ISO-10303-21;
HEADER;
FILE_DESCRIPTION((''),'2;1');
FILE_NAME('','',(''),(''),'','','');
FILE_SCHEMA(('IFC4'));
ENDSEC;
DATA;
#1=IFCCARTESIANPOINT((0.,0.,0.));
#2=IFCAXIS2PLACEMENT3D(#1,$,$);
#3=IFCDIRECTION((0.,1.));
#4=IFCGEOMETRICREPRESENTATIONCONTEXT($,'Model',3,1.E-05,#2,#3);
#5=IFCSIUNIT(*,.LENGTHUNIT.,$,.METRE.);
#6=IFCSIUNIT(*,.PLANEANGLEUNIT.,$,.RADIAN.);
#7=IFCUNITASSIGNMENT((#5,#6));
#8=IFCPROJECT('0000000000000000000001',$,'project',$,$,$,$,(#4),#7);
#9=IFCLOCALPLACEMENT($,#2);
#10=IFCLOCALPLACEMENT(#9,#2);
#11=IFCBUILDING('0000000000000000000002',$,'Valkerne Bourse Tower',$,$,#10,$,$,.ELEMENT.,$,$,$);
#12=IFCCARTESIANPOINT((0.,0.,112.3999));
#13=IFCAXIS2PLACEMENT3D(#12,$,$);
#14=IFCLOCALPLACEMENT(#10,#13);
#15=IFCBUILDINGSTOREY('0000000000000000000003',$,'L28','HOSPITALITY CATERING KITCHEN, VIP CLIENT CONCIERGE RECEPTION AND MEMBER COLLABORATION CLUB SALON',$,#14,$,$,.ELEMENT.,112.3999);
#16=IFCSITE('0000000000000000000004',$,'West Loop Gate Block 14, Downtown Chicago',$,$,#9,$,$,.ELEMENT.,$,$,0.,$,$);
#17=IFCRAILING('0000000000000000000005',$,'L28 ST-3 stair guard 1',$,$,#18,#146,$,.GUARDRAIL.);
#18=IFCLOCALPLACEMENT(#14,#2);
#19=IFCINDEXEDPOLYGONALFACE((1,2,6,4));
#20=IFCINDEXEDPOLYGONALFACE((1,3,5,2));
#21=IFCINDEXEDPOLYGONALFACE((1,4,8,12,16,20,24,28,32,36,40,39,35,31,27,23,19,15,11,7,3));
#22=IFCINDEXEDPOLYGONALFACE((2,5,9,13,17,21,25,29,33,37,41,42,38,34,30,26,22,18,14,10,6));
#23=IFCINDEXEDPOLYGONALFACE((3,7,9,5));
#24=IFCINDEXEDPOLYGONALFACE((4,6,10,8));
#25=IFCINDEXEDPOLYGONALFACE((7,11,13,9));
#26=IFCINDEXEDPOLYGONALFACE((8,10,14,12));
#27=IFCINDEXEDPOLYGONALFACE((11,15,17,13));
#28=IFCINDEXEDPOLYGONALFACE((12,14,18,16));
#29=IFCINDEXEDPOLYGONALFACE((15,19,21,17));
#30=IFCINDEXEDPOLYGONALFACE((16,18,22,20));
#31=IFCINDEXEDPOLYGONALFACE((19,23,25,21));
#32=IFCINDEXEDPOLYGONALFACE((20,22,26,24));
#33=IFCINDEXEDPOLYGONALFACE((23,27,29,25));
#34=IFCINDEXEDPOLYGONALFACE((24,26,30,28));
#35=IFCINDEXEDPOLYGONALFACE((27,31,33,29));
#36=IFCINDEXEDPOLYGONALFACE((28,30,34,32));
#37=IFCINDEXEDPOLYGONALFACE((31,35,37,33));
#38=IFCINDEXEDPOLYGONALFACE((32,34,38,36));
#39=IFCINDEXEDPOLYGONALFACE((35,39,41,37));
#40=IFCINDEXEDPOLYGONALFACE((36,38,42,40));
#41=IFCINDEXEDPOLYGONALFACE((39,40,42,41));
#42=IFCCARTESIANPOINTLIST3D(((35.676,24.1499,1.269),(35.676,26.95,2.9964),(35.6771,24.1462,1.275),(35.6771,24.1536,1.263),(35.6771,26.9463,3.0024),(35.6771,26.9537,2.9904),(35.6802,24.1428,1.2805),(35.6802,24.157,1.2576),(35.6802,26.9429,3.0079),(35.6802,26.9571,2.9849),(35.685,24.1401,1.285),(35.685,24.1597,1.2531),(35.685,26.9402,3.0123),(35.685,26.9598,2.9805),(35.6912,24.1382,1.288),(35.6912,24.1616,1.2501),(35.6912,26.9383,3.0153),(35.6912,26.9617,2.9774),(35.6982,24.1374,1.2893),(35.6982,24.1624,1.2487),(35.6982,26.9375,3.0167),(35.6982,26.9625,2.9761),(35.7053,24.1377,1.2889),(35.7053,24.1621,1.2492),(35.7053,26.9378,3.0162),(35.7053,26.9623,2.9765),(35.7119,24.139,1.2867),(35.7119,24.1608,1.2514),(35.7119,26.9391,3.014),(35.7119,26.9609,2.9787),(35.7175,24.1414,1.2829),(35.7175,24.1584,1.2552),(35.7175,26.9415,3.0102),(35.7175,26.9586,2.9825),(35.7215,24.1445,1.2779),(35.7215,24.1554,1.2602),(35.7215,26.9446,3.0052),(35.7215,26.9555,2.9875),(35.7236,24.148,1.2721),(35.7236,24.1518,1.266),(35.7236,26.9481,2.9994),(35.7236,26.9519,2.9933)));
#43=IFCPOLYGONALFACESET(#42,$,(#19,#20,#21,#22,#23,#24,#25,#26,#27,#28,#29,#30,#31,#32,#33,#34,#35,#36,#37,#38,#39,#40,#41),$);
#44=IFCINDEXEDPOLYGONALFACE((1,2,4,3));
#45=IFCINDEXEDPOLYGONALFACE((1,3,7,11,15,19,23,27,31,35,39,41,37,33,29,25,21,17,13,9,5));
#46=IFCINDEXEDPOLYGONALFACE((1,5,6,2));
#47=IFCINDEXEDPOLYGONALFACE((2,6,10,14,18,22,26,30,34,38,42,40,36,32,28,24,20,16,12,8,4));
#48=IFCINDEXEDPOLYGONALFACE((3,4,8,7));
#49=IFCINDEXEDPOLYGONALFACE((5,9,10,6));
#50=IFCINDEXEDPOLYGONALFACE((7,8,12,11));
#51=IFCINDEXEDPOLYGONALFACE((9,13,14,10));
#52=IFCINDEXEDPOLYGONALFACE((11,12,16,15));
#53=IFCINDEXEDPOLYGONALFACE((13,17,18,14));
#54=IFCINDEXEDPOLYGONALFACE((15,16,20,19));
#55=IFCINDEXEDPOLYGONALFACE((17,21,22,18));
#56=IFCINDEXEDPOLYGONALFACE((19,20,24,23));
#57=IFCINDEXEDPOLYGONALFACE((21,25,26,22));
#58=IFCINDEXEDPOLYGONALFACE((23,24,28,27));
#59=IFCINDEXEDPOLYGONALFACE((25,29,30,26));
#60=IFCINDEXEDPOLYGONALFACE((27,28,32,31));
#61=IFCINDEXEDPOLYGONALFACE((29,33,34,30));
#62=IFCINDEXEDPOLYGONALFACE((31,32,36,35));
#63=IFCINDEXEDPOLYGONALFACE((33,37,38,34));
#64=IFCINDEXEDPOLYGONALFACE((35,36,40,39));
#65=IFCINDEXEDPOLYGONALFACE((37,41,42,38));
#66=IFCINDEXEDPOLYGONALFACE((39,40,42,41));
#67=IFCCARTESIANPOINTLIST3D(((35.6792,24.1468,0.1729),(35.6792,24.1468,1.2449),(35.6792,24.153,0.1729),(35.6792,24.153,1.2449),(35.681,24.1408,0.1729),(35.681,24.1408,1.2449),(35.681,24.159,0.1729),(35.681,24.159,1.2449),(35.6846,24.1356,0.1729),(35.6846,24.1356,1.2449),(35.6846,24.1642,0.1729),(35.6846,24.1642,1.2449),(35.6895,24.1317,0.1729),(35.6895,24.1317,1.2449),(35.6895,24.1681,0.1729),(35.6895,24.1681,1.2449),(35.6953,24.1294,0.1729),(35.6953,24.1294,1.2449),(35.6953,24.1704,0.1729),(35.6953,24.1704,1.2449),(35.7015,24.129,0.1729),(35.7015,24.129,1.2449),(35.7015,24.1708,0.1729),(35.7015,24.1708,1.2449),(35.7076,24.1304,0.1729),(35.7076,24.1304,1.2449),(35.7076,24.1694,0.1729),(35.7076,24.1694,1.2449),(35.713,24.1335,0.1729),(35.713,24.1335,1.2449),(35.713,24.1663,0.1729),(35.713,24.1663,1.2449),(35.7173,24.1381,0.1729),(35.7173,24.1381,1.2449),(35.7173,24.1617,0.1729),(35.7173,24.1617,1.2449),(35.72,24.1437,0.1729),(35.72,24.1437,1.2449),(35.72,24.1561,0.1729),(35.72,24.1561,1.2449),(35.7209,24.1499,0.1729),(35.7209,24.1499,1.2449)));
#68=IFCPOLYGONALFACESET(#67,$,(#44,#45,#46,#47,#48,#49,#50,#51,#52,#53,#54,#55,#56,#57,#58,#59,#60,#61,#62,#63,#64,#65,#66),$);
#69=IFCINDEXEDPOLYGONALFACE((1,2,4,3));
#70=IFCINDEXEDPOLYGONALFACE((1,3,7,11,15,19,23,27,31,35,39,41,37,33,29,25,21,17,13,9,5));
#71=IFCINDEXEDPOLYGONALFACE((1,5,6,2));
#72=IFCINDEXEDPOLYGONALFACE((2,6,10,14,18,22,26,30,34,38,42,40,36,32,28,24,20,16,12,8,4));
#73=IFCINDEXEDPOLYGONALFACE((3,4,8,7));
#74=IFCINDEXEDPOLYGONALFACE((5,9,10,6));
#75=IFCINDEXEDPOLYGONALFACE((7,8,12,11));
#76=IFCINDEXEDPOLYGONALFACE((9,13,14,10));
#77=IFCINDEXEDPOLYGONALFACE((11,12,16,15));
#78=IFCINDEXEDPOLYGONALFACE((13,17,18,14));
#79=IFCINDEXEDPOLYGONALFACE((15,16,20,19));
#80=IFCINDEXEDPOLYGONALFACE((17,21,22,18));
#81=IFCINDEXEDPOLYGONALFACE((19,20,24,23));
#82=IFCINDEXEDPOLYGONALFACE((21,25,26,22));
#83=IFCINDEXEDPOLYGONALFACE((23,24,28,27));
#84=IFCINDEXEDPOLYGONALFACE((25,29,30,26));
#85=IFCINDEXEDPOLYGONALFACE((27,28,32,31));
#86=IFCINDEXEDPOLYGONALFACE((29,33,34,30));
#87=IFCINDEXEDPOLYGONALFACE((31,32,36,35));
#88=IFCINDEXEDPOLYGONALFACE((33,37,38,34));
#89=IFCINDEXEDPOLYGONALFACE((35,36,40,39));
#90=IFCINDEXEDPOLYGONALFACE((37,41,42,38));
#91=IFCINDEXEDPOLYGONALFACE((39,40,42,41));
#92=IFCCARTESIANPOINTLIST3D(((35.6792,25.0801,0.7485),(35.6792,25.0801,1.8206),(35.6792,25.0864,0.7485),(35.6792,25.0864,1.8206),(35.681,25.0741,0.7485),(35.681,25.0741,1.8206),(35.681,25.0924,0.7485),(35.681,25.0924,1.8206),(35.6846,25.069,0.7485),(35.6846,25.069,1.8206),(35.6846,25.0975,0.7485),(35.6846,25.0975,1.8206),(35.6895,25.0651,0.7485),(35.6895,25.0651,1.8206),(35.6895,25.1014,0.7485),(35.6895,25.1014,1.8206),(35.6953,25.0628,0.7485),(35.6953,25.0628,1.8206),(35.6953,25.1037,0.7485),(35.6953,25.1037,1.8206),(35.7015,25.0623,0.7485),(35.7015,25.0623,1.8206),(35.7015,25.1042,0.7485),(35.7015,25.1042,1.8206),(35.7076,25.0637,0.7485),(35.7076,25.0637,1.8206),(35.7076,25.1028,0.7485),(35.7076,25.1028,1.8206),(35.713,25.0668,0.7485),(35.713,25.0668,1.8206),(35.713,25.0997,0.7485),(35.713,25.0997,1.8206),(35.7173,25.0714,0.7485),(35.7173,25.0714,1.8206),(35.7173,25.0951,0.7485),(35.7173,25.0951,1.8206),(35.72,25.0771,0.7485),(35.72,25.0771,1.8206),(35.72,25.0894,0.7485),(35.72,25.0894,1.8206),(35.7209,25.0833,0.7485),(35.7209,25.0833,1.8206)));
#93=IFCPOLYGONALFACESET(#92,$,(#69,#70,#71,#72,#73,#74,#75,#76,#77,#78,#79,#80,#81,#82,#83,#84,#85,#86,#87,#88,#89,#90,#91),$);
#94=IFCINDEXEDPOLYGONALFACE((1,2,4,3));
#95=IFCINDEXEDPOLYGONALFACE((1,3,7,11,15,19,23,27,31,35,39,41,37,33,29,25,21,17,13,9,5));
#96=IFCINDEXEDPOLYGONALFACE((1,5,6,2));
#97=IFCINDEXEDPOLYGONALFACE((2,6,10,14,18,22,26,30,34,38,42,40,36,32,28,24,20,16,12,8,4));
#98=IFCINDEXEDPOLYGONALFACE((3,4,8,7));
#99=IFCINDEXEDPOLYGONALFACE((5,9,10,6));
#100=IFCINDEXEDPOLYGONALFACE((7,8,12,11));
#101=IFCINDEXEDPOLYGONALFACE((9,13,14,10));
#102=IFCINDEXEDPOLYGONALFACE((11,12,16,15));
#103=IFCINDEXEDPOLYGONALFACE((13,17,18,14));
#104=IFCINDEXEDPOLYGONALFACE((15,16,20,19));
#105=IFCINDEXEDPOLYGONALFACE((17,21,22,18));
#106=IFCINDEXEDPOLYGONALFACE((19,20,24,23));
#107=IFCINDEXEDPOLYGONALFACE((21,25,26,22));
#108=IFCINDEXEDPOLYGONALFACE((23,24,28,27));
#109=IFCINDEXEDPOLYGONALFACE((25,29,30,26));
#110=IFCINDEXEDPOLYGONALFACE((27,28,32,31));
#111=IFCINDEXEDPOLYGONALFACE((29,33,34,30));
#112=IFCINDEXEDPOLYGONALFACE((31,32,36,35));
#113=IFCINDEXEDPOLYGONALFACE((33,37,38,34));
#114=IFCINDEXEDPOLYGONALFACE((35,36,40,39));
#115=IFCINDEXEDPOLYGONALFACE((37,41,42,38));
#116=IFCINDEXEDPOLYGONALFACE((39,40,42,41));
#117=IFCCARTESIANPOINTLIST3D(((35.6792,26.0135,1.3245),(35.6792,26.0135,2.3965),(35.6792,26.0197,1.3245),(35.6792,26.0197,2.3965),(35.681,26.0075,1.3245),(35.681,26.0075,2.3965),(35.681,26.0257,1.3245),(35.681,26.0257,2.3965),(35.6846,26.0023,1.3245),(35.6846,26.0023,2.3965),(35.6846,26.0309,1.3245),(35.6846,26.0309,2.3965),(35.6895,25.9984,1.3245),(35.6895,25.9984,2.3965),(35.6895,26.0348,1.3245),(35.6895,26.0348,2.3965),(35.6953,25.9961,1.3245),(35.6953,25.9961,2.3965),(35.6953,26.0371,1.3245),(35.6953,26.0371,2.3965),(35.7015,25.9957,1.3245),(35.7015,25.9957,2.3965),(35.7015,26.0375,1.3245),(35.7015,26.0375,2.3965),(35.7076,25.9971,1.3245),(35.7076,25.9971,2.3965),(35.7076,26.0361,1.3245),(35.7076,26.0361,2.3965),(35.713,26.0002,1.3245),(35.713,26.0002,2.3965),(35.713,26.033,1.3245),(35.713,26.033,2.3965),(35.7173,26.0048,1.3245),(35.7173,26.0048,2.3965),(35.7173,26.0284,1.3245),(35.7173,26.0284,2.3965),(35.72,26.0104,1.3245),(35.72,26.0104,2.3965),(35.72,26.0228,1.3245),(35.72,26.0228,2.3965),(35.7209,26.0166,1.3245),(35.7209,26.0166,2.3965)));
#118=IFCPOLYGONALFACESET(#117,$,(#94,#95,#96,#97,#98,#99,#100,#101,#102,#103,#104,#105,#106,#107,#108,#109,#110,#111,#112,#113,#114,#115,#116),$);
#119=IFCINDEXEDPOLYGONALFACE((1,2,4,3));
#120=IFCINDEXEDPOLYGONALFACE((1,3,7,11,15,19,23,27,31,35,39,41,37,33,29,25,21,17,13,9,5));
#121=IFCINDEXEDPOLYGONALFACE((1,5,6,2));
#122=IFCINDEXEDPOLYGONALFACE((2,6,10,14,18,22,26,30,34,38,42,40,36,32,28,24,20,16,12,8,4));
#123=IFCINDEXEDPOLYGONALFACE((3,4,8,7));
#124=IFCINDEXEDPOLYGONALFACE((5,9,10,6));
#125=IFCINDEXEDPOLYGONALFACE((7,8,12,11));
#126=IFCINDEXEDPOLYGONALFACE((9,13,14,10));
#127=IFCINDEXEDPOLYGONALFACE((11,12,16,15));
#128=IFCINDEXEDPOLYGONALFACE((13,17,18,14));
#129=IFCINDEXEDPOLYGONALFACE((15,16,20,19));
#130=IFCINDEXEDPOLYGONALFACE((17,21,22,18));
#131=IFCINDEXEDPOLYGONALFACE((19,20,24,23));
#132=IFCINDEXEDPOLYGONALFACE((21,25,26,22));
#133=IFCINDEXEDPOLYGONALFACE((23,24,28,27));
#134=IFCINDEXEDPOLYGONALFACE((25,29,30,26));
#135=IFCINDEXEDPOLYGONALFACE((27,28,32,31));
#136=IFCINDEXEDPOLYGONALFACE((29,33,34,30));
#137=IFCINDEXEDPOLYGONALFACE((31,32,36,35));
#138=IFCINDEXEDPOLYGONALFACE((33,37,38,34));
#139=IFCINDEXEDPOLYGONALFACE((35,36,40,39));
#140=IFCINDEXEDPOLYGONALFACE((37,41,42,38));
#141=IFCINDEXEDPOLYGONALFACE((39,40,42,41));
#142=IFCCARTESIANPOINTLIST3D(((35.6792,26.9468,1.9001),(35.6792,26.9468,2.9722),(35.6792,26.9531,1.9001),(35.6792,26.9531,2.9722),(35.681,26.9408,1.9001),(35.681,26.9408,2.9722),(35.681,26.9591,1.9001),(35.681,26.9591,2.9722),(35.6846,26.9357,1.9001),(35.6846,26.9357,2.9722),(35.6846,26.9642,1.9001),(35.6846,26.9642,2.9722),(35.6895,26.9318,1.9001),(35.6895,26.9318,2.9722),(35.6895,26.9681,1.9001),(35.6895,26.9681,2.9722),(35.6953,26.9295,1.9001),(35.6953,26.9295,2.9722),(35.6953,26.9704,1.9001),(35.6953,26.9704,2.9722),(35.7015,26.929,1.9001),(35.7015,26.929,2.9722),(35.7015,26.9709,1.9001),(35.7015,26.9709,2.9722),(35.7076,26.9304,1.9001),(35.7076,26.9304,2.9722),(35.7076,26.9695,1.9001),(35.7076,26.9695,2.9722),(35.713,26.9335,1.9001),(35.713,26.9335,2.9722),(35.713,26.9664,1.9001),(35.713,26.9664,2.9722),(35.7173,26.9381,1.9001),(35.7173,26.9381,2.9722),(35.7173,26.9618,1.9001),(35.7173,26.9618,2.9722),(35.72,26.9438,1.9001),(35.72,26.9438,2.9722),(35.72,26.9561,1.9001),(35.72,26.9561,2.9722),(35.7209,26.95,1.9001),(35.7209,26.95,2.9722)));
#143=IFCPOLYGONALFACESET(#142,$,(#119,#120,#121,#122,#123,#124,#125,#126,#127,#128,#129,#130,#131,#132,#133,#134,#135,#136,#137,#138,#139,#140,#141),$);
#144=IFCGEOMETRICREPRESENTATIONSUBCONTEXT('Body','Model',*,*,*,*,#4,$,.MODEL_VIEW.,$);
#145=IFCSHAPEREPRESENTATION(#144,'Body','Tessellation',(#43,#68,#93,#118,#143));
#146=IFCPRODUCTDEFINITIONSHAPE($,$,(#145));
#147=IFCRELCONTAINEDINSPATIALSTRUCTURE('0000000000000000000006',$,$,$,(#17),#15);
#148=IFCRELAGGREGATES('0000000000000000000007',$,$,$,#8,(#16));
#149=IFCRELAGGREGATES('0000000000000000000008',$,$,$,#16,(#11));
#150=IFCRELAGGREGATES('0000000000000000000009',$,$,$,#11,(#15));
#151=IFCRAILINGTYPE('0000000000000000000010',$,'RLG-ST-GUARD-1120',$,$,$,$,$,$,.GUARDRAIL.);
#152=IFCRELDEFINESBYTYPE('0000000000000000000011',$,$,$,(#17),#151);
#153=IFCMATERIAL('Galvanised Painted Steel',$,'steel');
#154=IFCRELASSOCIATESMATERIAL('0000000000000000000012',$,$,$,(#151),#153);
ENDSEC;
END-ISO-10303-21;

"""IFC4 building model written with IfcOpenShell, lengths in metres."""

from ifc_helpers import new_model, si_unit, direction, frame, origin, origin_2d, place, context, subcontext, project, spatial, circle, extrude, material, type_object, element, save


model = new_model("IFC4")

# Units and contexts
model_context = context("Model", 3, precision=1e-05, world=origin(), true_north=direction((0.0, 1.0)))
body_context = subcontext(model_context, "Body", "Model", "MODEL_VIEW")
ifc_project = project(units=[si_unit("LENGTHUNIT", "METRE"), si_unit("PLANEANGLEUNIT", "RADIAN")], contexts=[model_context])

# Site, building, storey
site_placement = place(None, origin())
site = spatial("IfcSite", under=ifc_project, at=site_placement, Name="West Loop Gate Block 14, Downtown Chicago", CompositionType="ELEMENT", RefElevation=0.0)
building_placement = place(site_placement, origin())
building = spatial("IfcBuilding", under=site, at=building_placement, Name="Valkerne Bourse Tower", CompositionType="ELEMENT")
storey_placement = place(building_placement, frame((0.0, 0.0, 112.3999)))
storey = spatial("IfcBuildingStorey", under=building, at=storey_placement, Name="L28", Description="HOSPITALITY CATERING KITCHEN, VIP CLIENT CONCIERGE RECEPTION AND MEMBER COLLABORATION CLUB SALON", CompositionType="ELEMENT", Elevation=112.3999)

# Railing
ifc_material_1 = material(Name="Galvanised Painted Steel", Category="steel")
railing_type_1 = type_object("IfcRailingType", Name="RLG-ST-GUARD-1120", PredefinedType="GUARDRAIL", material=ifc_material_1)
railing_1_placement = place(storey_placement, frame((35.7, 24.1499, 0.1729)))
element("IfcRailing", 1, at=railing_1_placement, inside=storey, type_object=railing_type_1, Name="L28 ST-3 stair guard 1", PredefinedType="GUARDRAIL", context=body_context, shape_type="SweptSolid", body=[
    extrude(circle(Radius=0.0239, at=origin_2d()), frame((0.0, 0.0, 1.0962), z_axis=(0.0, 0.85109, 0.52502), x_axis=(-1.0, 0.0, 0.0)), (0.0, 0.0, 1.0), 3.29),
    extrude(circle(Radius=0.021, at=origin_2d()), origin(), (0.0, 0.0, 1.0), 1.072),
    extrude(circle(Radius=0.021, at=origin_2d()), frame((0.0, 0.9333, 0.5757)), (0.0, 0.0, 1.0), 1.072),
    extrude(circle(Radius=0.021, at=origin_2d()), frame((0.0, 1.8667, 1.1516)), (0.0, 0.0, 1.0), 1.072),
    extrude(circle(Radius=0.021, at=origin_2d()), frame((0.0, 2.8, 1.7273)), (0.0, 0.0, 1.0), 1.072),
])

save(model, "model.ifc")
